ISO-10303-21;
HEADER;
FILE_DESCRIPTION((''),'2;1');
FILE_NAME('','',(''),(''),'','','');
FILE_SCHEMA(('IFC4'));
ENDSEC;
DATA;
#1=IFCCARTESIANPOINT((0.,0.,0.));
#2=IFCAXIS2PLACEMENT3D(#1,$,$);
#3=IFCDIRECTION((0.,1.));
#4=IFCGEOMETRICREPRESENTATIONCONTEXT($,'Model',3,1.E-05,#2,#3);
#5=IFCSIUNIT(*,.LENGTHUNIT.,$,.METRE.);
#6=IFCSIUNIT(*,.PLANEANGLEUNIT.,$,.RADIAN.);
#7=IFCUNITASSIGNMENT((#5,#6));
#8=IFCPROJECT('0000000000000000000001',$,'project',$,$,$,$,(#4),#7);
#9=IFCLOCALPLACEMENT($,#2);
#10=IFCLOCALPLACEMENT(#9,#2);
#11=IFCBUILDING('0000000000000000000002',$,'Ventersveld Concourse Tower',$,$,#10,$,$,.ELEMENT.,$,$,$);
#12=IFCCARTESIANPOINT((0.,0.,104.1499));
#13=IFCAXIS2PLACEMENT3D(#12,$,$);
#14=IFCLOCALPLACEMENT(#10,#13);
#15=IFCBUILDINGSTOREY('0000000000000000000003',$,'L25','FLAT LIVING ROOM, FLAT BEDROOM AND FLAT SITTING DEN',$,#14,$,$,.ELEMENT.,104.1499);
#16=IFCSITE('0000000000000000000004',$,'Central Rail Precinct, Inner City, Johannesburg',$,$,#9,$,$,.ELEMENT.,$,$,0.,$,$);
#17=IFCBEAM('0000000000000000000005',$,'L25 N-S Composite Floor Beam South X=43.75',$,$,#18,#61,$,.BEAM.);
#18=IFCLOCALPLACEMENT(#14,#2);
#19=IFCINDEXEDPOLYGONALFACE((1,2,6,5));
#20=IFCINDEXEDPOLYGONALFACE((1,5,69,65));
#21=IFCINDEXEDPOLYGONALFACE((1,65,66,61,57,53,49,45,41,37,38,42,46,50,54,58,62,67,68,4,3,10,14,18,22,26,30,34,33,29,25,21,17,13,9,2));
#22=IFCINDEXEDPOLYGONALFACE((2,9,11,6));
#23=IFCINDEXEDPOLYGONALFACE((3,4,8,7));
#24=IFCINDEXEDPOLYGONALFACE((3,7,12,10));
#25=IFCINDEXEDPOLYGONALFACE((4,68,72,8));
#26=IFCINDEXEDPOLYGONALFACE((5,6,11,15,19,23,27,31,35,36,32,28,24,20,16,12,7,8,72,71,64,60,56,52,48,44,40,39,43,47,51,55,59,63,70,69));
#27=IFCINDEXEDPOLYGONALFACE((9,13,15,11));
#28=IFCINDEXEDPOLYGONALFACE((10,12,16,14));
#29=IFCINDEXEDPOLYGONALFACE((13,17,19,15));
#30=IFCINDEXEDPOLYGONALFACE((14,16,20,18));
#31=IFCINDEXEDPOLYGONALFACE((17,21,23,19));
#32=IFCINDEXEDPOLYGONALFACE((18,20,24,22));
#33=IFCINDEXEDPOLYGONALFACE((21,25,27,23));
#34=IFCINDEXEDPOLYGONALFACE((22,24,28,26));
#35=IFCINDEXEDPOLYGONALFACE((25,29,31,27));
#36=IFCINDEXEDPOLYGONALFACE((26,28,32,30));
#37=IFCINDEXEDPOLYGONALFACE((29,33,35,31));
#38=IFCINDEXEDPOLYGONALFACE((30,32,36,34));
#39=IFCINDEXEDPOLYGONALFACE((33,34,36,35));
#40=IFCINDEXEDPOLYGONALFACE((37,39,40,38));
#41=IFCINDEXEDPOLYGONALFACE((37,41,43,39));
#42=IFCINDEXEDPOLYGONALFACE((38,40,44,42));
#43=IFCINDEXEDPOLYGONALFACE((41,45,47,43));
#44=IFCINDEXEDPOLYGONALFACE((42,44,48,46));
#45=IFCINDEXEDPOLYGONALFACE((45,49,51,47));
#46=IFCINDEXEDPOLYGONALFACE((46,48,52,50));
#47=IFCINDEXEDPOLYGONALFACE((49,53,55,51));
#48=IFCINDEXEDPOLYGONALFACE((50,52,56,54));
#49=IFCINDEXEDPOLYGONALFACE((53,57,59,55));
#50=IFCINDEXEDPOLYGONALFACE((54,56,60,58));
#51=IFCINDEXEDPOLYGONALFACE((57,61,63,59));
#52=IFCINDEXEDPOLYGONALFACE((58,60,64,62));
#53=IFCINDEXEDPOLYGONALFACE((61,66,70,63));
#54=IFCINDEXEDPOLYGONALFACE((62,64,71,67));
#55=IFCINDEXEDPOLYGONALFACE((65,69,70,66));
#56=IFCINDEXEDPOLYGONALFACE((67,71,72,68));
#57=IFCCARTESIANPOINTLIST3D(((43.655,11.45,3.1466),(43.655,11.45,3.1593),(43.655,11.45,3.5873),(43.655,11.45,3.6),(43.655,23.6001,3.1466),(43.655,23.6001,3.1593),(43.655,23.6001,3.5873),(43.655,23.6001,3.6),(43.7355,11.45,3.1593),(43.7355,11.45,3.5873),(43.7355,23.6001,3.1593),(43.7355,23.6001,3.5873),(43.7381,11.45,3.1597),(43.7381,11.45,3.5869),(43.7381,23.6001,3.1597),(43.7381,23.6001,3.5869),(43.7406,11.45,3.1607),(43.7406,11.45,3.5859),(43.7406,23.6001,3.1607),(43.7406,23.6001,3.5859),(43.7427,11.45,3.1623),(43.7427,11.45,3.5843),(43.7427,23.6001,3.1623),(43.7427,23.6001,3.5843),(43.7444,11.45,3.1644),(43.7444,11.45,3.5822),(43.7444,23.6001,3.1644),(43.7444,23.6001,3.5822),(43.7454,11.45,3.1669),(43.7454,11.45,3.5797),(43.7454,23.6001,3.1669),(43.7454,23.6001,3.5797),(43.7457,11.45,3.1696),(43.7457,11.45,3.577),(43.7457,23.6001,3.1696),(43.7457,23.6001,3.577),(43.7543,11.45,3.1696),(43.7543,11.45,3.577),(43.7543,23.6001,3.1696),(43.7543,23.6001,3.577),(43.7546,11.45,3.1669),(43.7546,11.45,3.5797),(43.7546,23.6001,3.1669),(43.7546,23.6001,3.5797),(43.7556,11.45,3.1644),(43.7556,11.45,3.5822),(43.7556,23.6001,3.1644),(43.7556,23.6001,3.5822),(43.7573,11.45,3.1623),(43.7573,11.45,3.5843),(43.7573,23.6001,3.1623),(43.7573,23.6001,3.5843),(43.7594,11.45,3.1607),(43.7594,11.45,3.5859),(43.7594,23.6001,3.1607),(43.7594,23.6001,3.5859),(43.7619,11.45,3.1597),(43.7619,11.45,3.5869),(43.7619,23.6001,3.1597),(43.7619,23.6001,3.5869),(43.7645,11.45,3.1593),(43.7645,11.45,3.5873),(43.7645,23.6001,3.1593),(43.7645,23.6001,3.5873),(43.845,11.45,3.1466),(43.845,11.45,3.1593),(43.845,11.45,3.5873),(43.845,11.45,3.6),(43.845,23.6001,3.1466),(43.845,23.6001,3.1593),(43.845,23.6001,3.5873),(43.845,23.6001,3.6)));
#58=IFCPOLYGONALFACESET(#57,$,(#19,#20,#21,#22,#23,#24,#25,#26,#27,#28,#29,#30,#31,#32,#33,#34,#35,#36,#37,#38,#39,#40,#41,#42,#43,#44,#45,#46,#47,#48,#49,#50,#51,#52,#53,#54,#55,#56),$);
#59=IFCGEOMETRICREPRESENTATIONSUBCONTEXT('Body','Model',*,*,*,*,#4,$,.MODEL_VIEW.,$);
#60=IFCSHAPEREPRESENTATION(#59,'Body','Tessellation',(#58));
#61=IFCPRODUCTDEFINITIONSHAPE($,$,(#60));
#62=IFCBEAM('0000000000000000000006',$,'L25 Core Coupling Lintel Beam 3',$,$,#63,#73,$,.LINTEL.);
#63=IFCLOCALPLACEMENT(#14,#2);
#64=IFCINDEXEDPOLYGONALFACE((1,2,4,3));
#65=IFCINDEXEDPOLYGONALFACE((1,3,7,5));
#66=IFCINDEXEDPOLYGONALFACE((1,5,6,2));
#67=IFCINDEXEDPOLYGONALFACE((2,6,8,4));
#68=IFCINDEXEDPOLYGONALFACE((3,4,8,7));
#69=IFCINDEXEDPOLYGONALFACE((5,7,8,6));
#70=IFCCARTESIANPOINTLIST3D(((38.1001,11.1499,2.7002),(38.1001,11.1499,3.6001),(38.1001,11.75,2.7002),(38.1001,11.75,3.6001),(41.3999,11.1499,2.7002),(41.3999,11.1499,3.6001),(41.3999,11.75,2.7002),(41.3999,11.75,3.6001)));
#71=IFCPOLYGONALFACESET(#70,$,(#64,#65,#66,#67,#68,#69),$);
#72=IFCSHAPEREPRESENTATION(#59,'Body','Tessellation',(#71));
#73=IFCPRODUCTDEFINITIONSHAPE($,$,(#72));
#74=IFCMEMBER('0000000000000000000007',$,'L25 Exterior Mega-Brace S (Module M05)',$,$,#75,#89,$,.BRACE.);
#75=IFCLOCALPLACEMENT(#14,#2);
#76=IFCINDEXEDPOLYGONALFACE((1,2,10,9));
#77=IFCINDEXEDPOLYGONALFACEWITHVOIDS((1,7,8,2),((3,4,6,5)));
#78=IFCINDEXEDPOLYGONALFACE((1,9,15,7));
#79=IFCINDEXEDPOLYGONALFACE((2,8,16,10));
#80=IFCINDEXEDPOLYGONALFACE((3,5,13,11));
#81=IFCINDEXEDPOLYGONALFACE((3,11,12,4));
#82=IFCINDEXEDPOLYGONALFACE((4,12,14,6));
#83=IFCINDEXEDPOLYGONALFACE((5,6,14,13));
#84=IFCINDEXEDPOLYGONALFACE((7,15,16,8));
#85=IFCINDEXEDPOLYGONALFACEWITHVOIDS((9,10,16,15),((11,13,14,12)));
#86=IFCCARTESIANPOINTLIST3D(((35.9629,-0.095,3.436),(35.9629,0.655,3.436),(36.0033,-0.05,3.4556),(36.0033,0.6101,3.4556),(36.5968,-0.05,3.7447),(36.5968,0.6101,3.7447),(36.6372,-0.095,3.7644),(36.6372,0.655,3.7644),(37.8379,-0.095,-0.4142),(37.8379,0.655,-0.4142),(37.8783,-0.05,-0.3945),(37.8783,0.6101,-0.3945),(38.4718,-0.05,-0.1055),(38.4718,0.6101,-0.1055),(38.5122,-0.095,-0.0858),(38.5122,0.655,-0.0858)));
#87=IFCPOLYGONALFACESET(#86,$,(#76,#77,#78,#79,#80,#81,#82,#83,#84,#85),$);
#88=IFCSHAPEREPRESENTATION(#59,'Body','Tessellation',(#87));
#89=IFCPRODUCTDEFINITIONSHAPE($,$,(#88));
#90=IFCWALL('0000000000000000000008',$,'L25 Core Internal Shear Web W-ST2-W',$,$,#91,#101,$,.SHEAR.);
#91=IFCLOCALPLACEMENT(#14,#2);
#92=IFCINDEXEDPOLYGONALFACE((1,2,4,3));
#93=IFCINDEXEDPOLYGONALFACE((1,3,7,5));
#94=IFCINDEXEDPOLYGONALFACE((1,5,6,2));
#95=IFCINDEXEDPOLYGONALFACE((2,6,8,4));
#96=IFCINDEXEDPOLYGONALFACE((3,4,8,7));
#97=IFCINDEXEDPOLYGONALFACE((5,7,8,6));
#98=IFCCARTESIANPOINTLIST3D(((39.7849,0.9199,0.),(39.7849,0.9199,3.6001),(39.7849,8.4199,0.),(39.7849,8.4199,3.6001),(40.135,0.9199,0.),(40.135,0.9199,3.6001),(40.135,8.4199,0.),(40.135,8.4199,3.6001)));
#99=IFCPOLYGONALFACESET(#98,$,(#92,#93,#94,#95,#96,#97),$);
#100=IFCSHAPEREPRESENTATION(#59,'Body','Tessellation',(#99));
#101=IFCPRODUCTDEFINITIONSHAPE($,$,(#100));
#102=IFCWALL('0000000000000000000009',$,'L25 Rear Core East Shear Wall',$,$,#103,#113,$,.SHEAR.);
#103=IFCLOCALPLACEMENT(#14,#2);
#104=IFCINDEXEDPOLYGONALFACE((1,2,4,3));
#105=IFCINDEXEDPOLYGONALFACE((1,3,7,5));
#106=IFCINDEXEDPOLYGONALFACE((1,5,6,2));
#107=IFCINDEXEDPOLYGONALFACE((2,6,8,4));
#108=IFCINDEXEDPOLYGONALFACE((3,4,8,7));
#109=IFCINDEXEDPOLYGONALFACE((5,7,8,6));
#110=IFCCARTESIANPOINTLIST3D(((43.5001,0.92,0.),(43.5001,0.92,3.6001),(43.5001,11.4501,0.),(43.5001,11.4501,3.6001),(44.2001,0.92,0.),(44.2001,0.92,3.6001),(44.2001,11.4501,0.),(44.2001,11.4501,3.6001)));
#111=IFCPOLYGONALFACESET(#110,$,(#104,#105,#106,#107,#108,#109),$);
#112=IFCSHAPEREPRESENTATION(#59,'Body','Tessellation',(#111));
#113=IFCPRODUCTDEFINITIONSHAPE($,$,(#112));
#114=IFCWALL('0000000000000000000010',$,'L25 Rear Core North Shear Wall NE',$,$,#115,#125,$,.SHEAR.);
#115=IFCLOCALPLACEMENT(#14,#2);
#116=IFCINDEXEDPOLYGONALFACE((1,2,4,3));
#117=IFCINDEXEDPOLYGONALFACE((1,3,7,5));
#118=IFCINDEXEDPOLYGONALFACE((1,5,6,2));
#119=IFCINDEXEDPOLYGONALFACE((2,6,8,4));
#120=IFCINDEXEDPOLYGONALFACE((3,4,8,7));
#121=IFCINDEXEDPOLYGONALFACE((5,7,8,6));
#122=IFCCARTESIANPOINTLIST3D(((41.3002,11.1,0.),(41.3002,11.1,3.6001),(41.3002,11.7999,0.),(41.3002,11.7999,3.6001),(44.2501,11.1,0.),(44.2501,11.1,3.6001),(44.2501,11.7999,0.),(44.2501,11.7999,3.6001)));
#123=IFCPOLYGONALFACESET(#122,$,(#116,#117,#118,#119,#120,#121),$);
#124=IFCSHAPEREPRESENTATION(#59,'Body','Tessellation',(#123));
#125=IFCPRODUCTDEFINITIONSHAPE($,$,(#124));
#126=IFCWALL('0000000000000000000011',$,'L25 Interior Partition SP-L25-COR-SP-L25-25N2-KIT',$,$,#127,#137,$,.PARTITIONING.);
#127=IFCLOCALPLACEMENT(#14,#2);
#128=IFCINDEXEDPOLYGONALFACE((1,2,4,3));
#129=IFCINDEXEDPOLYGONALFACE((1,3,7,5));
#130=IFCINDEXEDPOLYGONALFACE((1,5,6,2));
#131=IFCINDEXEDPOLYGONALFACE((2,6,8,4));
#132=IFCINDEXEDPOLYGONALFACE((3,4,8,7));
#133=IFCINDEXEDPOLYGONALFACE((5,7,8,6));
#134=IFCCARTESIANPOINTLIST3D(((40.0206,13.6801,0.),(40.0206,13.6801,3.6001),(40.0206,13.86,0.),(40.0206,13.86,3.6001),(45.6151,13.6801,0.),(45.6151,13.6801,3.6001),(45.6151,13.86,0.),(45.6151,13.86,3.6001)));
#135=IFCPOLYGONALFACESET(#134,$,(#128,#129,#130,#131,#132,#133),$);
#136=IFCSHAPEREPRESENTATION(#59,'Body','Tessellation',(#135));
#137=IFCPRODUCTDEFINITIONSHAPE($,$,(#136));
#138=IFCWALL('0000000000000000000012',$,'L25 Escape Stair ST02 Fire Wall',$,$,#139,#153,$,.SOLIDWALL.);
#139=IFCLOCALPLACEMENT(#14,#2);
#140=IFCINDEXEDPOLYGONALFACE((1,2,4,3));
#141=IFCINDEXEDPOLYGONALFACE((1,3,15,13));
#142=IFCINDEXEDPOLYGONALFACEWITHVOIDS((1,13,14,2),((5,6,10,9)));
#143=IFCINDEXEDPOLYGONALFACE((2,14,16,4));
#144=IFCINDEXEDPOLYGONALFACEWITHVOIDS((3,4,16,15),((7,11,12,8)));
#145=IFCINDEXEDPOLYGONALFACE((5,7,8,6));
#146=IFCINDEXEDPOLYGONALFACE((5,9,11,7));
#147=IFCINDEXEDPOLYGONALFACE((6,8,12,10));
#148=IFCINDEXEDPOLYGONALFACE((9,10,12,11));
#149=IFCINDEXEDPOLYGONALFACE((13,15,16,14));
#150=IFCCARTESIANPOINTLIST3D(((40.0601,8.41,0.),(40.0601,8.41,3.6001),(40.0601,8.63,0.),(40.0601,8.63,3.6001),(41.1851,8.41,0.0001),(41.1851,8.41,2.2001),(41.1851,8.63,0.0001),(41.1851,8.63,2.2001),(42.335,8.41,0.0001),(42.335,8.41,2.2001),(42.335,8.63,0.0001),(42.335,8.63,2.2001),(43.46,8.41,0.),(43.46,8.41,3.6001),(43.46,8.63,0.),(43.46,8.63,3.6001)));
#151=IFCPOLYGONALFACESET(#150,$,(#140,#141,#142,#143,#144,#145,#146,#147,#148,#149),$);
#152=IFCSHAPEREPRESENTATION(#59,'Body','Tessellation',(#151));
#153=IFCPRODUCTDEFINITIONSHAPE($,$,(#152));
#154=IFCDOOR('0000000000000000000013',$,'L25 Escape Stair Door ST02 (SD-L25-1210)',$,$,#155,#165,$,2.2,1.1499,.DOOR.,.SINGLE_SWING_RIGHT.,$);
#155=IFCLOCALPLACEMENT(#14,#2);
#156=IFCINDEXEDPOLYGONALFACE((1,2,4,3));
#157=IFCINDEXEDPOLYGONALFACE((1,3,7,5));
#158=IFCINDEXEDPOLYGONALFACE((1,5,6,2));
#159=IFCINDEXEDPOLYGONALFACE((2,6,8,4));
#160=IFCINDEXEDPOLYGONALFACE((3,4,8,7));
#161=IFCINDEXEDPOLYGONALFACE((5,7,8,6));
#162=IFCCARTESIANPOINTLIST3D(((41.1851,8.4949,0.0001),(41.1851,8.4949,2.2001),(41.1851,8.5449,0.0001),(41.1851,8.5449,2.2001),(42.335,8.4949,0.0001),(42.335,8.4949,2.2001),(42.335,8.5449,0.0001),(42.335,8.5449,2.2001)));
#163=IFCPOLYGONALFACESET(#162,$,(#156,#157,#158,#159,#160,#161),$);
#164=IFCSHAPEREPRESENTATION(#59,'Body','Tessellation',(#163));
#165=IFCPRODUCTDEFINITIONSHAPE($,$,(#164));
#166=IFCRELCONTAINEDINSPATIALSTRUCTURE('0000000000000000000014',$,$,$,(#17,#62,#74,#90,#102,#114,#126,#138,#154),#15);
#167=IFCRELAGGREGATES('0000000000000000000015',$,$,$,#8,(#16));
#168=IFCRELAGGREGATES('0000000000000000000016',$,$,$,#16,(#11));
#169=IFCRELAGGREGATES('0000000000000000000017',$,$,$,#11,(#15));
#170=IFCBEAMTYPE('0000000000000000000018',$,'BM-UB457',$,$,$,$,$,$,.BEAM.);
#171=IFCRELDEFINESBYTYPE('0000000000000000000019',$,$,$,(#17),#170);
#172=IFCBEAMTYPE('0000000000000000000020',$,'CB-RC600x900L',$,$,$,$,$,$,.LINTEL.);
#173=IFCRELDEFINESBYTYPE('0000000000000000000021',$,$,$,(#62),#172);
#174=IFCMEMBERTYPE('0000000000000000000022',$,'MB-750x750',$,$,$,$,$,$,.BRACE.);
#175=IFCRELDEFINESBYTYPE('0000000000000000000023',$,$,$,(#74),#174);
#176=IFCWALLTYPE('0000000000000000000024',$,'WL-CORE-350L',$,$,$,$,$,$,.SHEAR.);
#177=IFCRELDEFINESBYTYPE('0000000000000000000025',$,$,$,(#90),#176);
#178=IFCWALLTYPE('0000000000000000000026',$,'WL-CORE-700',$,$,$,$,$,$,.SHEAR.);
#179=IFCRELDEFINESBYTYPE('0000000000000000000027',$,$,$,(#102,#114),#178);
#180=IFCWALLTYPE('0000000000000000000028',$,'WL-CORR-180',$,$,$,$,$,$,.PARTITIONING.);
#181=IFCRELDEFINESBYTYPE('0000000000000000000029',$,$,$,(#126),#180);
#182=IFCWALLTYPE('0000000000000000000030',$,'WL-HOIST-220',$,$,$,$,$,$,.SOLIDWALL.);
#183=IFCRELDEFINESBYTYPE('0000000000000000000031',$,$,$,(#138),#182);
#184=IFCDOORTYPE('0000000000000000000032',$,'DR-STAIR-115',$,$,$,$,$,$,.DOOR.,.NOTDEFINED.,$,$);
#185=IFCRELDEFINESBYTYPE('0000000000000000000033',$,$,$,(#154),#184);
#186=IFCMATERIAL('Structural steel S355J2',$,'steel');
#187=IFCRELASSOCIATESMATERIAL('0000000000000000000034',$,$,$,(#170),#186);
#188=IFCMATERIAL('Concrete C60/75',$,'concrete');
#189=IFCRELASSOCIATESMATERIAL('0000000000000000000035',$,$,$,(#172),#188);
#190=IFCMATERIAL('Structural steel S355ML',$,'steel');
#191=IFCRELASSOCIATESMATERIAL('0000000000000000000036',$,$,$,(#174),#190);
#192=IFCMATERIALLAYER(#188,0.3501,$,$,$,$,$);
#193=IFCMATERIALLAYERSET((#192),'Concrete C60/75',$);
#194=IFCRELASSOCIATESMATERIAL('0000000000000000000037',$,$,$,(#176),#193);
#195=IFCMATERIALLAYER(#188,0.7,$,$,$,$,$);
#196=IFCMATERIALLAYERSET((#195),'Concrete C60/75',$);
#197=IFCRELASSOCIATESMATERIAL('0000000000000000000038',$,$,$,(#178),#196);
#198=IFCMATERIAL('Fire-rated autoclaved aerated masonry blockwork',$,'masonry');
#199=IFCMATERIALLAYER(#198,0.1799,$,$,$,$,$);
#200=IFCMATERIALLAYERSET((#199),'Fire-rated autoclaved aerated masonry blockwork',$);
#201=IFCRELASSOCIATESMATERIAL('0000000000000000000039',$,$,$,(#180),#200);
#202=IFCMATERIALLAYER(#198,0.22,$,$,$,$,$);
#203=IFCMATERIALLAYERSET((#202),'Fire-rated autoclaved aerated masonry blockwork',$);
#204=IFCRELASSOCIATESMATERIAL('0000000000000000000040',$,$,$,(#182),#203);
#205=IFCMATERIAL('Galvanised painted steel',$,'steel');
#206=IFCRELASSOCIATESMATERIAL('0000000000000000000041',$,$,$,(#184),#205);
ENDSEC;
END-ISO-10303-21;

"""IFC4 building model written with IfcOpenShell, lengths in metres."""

from ifc_helpers import new_model, si_unit, direction, frame, frame_2d, origin, origin_2d, place, context, subcontext, project, spatial, rectangle, hollow_rectangle, i_section, extrude, material, layer, layer_set, material_profile, profile_set, type_object, element, fill, save


model = new_model("IFC4")

# Units and contexts
model_context = context("Model", 3, precision=1e-05, world=origin(), true_north=direction((0.0, 1.0)))
body_context = subcontext(model_context, "Body", "Model", "MODEL_VIEW")
ifc_project = project(units=[si_unit("LENGTHUNIT", "METRE"), si_unit("PLANEANGLEUNIT", "RADIAN")], contexts=[model_context])

# Site, building, storey
site_placement = place(None, origin())
site = spatial("IfcSite", under=ifc_project, at=site_placement, Name="Central Rail Precinct, Inner City, Johannesburg", CompositionType="ELEMENT", RefElevation=0.0)
building_placement = place(site_placement, origin())
building = spatial("IfcBuilding", under=site, at=building_placement, Name="Ventersveld Concourse Tower", CompositionType="ELEMENT")
storey_placement = place(building_placement, frame((0.0, 0.0, 104.1499)))
storey = spatial("IfcBuildingStorey", under=building, at=storey_placement, Name="L25", Description="FLAT LIVING ROOM, FLAT BEDROOM AND FLAT SITTING DEN", CompositionType="ELEMENT", Elevation=104.1499)

# Beams
ifc_material_1 = material(Name="Structural steel S355J2", Category="steel")
ifc_material_profile_1 = material_profile(ifc_material_1, i_section(OverallWidth=0.1899, OverallDepth=0.4534, WebThickness=0.0085, FlangeThickness=0.0127, FilletRadius=0.0103, at=origin_2d()), Name="UB 457x191x67")
ifc_profile_set_1 = profile_set([ifc_material_profile_1], Name="Structural steel S355J2")
beam_type_1 = type_object("IfcBeamType", Name="BM-UB457", PredefinedType="BEAM", material=ifc_profile_set_1)
beam_1_placement = place(storey_placement, frame((43.75, 11.45, 3.3733), z_axis=(0.0, 1.0, 0.0), x_axis=(-1.0, 0.0, 0.0)))
element("IfcBeam", 1, at=beam_1_placement, inside=storey, type_object=beam_type_1, Name="L25 N-S Composite Floor Beam South X=43.75", PredefinedType="BEAM", context=body_context, shape_type="SweptSolid", body=[
    extrude(i_section(OverallWidth=0.1899, OverallDepth=0.4534, WebThickness=0.0085, FlangeThickness=0.0127, FilletRadius=0.0103, at=origin_2d()), origin(), (0.0, 0.0, 1.0), 12.1501),
])
ifc_material_2 = material(Name="Concrete C60/75", Category="concrete")
ifc_material_profile_2 = material_profile(ifc_material_2, rectangle(XDim=0.6001, YDim=0.8999, at=origin_2d()), Name="RC 600x900")
ifc_profile_set_2 = profile_set([ifc_material_profile_2], Name="Concrete C60/75")
beam_type_2 = type_object("IfcBeamType", Name="CB-RC600x900L", PredefinedType="LINTEL", material=ifc_profile_set_2)
beam_2_placement = place(storey_placement, frame((38.1001, 11.45, 3.1501), z_axis=(1.0, 0.0, 0.0), x_axis=(0.0, 1.0, 0.0)))
element("IfcBeam", 2, at=beam_2_placement, inside=storey, type_object=beam_type_2, Name="L25 Core Coupling Lintel Beam 3", PredefinedType="LINTEL", context=body_context, shape_type="SweptSolid", body=[
    extrude(rectangle(XDim=0.6001, YDim=0.8999, at=origin_2d()), origin(), (0.0, 0.0, 1.0), 3.2998),
])

# Member
ifc_material_3 = material(Name="Structural steel S355ML", Category="steel")
ifc_material_profile_3 = material_profile(ifc_material_3, hollow_rectangle(XDim=0.75, YDim=0.75, WallThickness=0.0449, at=origin_2d()), Name="BOX 750x750x45")
ifc_profile_set_3 = profile_set([ifc_material_profile_3], Name="Structural steel S355ML")
member_type = type_object("IfcMemberType", Name="MB-750x750", PredefinedType="BRACE", material=ifc_profile_set_3)
member_placement = place(storey_placement, frame((38.175, 0.28, -0.25), z_axis=(-0.437839, 0.0, 0.899053), x_axis=(0.0, -1.0, 0.0)))
element("IfcMember", 3, at=member_placement, inside=storey, type_object=member_type, Name="L25 Exterior Mega-Brace S (Module M05)", PredefinedType="BRACE", context=body_context, shape_type="SweptSolid", body=[
    extrude(hollow_rectangle(XDim=0.75, YDim=0.75, WallThickness=0.0449, at=origin_2d()), origin(), (0.0, 0.0, 1.0), 4.2825),
])

# Walls
ifc_layer_1 = layer(ifc_material_2, 0.3501)
ifc_layer_set_1 = layer_set([ifc_layer_1], Name="Concrete C60/75")
wall_type_1 = type_object("IfcWallType", Name="WL-CORE-350L", PredefinedType="SHEAR", material=ifc_layer_set_1)
wall_1_placement = place(storey_placement, frame((39.96, 0.9199, 0.0), z_axis=(0.0, 0.0, 1.0), x_axis=(0.0, 1.0, 0.0)))
element("IfcWall", 4, at=wall_1_placement, inside=storey, type_object=wall_type_1, Name="L25 Core Internal Shear Web W-ST2-W", PredefinedType="SHEAR", context=body_context, shape_type="SweptSolid", body=[
    extrude(rectangle(XDim=7.5, YDim=0.3501, at=frame_2d((3.75, 0.0))), origin(), (0.0, 0.0, 1.0), 3.6001),
])
ifc_layer_2 = layer(ifc_material_2, 0.7)
ifc_layer_set_2 = layer_set([ifc_layer_2], Name="Concrete C60/75")
wall_type_2 = type_object("IfcWallType", Name="WL-CORE-700", PredefinedType="SHEAR", material=ifc_layer_set_2)
wall_2_placement = place(storey_placement, frame((43.8501, 0.9199, 0.0), z_axis=(0.0, 0.0, 1.0), x_axis=(0.0, 1.0, 0.0)))
element("IfcWall", 5, at=wall_2_placement, inside=storey, type_object=wall_type_2, Name="L25 Rear Core East Shear Wall", PredefinedType="SHEAR", context=body_context, shape_type="SweptSolid", body=[
    extrude(rectangle(XDim=10.53, YDim=0.7, at=frame_2d((5.2651, 0.0))), origin(), (0.0, 0.0, 1.0), 3.6001),
])
wall_3_placement = place(storey_placement, frame((41.3, 11.45, 0.0), z_axis=(0.0, 0.0, 1.0), x_axis=(1.0, 0.0, 0.0)))
element("IfcWall", 6, at=wall_3_placement, inside=storey, type_object=wall_type_2, Name="L25 Rear Core North Shear Wall NE", PredefinedType="SHEAR", context=body_context, shape_type="SweptSolid", body=[
    extrude(rectangle(XDim=2.95, YDim=0.7, at=frame_2d((1.4751, 0.0))), origin(), (0.0, 0.0, 1.0), 3.6001),
])
ifc_material_4 = material(Name="Fire-rated autoclaved aerated masonry blockwork", Category="masonry")
ifc_layer_3 = layer(ifc_material_4, 0.1799)
ifc_layer_set_3 = layer_set([ifc_layer_3], Name="Fire-rated autoclaved aerated masonry blockwork")
wall_type_3 = type_object("IfcWallType", Name="WL-CORR-180", PredefinedType="PARTITIONING", material=ifc_layer_set_3)
wall_4_placement = place(storey_placement, frame((40.0205, 13.77, 0.0), z_axis=(0.0, 0.0, 1.0), x_axis=(1.0, 0.0, 0.0)))
element("IfcWall", 7, at=wall_4_placement, inside=storey, type_object=wall_type_3, Name="L25 Interior Partition SP-L25-COR-SP-L25-25N2-KIT", PredefinedType="PARTITIONING", context=body_context, shape_type="SweptSolid", body=[
    extrude(rectangle(XDim=5.5945, YDim=0.1799, at=frame_2d((2.7974, 0.0))), origin(), (0.0, 0.0, 1.0), 3.6001),
])

# Wall, opening, door
ifc_layer_4 = layer(ifc_material_4, 0.22)
ifc_layer_set_4 = layer_set([ifc_layer_4], Name="Fire-rated autoclaved aerated masonry blockwork")
wall_type_4 = type_object("IfcWallType", Name="WL-HOIST-220", PredefinedType="SOLIDWALL", material=ifc_layer_set_4)
wall_5_placement = place(storey_placement, frame((40.0601, 8.52, 0.0), z_axis=(0.0, 0.0, 1.0), x_axis=(1.0, 0.0, 0.0)))
wall_5 = element("IfcWall", 8, at=wall_5_placement, inside=storey, type_object=wall_type_4, Name="L25 Escape Stair ST02 Fire Wall", PredefinedType="SOLIDWALL", context=body_context, shape_type="SweptSolid", body=[
    extrude(rectangle(XDim=3.3999, YDim=0.22, at=frame_2d((1.7, 0.0))), origin(), (0.0, 0.0, 1.0), 3.6001),
])
opening_1_placement = place(wall_5_placement, frame((1.125, 0.0, 0.0)))
opening_1 = element("IfcOpeningElement", 9, at=opening_1_placement, cuts=wall_5, PredefinedType="OPENING", context=body_context, shape_type="SweptSolid", body=[
    extrude(rectangle(XDim=1.1499, YDim=2.2, at=frame_2d((0.575, 1.1001))), frame((0.0, 0.1201, 0.0), z_axis=(0.0, -1.0, 0.0), x_axis=(1.0, 0.0, 0.0)), (0.0, 0.0, 1.0), 0.24),
])
ifc_material_5 = material(Name="Galvanised painted steel", Category="steel")
door_type_1 = type_object("IfcDoorType", Name="DR-STAIR-115", OperationType="NOTDEFINED", PredefinedType="DOOR", material=ifc_material_5)
door_1_placement = place(opening_1_placement, origin())
door_1 = element("IfcDoor", 10, at=door_1_placement, inside=storey, type_object=door_type_1, Name="L25 Escape Stair Door ST02 (SD-L25-1210)", OperationType="SINGLE_SWING_RIGHT", OverallHeight=2.2, OverallWidth=1.1499, PredefinedType="DOOR", context=body_context, shape_type="SweptSolid", body=[
    extrude(rectangle(XDim=1.1499, YDim=2.2, at=frame_2d((0.575, 1.1001))), frame((0.0, 0.0249, 0.0), z_axis=(0.0, -1.0, 0.0), x_axis=(1.0, 0.0, 0.0)), (0.0, 0.0, 1.0), 0.05),
])
fill(opening_1, door_1)

save(model, "model.ifc")
